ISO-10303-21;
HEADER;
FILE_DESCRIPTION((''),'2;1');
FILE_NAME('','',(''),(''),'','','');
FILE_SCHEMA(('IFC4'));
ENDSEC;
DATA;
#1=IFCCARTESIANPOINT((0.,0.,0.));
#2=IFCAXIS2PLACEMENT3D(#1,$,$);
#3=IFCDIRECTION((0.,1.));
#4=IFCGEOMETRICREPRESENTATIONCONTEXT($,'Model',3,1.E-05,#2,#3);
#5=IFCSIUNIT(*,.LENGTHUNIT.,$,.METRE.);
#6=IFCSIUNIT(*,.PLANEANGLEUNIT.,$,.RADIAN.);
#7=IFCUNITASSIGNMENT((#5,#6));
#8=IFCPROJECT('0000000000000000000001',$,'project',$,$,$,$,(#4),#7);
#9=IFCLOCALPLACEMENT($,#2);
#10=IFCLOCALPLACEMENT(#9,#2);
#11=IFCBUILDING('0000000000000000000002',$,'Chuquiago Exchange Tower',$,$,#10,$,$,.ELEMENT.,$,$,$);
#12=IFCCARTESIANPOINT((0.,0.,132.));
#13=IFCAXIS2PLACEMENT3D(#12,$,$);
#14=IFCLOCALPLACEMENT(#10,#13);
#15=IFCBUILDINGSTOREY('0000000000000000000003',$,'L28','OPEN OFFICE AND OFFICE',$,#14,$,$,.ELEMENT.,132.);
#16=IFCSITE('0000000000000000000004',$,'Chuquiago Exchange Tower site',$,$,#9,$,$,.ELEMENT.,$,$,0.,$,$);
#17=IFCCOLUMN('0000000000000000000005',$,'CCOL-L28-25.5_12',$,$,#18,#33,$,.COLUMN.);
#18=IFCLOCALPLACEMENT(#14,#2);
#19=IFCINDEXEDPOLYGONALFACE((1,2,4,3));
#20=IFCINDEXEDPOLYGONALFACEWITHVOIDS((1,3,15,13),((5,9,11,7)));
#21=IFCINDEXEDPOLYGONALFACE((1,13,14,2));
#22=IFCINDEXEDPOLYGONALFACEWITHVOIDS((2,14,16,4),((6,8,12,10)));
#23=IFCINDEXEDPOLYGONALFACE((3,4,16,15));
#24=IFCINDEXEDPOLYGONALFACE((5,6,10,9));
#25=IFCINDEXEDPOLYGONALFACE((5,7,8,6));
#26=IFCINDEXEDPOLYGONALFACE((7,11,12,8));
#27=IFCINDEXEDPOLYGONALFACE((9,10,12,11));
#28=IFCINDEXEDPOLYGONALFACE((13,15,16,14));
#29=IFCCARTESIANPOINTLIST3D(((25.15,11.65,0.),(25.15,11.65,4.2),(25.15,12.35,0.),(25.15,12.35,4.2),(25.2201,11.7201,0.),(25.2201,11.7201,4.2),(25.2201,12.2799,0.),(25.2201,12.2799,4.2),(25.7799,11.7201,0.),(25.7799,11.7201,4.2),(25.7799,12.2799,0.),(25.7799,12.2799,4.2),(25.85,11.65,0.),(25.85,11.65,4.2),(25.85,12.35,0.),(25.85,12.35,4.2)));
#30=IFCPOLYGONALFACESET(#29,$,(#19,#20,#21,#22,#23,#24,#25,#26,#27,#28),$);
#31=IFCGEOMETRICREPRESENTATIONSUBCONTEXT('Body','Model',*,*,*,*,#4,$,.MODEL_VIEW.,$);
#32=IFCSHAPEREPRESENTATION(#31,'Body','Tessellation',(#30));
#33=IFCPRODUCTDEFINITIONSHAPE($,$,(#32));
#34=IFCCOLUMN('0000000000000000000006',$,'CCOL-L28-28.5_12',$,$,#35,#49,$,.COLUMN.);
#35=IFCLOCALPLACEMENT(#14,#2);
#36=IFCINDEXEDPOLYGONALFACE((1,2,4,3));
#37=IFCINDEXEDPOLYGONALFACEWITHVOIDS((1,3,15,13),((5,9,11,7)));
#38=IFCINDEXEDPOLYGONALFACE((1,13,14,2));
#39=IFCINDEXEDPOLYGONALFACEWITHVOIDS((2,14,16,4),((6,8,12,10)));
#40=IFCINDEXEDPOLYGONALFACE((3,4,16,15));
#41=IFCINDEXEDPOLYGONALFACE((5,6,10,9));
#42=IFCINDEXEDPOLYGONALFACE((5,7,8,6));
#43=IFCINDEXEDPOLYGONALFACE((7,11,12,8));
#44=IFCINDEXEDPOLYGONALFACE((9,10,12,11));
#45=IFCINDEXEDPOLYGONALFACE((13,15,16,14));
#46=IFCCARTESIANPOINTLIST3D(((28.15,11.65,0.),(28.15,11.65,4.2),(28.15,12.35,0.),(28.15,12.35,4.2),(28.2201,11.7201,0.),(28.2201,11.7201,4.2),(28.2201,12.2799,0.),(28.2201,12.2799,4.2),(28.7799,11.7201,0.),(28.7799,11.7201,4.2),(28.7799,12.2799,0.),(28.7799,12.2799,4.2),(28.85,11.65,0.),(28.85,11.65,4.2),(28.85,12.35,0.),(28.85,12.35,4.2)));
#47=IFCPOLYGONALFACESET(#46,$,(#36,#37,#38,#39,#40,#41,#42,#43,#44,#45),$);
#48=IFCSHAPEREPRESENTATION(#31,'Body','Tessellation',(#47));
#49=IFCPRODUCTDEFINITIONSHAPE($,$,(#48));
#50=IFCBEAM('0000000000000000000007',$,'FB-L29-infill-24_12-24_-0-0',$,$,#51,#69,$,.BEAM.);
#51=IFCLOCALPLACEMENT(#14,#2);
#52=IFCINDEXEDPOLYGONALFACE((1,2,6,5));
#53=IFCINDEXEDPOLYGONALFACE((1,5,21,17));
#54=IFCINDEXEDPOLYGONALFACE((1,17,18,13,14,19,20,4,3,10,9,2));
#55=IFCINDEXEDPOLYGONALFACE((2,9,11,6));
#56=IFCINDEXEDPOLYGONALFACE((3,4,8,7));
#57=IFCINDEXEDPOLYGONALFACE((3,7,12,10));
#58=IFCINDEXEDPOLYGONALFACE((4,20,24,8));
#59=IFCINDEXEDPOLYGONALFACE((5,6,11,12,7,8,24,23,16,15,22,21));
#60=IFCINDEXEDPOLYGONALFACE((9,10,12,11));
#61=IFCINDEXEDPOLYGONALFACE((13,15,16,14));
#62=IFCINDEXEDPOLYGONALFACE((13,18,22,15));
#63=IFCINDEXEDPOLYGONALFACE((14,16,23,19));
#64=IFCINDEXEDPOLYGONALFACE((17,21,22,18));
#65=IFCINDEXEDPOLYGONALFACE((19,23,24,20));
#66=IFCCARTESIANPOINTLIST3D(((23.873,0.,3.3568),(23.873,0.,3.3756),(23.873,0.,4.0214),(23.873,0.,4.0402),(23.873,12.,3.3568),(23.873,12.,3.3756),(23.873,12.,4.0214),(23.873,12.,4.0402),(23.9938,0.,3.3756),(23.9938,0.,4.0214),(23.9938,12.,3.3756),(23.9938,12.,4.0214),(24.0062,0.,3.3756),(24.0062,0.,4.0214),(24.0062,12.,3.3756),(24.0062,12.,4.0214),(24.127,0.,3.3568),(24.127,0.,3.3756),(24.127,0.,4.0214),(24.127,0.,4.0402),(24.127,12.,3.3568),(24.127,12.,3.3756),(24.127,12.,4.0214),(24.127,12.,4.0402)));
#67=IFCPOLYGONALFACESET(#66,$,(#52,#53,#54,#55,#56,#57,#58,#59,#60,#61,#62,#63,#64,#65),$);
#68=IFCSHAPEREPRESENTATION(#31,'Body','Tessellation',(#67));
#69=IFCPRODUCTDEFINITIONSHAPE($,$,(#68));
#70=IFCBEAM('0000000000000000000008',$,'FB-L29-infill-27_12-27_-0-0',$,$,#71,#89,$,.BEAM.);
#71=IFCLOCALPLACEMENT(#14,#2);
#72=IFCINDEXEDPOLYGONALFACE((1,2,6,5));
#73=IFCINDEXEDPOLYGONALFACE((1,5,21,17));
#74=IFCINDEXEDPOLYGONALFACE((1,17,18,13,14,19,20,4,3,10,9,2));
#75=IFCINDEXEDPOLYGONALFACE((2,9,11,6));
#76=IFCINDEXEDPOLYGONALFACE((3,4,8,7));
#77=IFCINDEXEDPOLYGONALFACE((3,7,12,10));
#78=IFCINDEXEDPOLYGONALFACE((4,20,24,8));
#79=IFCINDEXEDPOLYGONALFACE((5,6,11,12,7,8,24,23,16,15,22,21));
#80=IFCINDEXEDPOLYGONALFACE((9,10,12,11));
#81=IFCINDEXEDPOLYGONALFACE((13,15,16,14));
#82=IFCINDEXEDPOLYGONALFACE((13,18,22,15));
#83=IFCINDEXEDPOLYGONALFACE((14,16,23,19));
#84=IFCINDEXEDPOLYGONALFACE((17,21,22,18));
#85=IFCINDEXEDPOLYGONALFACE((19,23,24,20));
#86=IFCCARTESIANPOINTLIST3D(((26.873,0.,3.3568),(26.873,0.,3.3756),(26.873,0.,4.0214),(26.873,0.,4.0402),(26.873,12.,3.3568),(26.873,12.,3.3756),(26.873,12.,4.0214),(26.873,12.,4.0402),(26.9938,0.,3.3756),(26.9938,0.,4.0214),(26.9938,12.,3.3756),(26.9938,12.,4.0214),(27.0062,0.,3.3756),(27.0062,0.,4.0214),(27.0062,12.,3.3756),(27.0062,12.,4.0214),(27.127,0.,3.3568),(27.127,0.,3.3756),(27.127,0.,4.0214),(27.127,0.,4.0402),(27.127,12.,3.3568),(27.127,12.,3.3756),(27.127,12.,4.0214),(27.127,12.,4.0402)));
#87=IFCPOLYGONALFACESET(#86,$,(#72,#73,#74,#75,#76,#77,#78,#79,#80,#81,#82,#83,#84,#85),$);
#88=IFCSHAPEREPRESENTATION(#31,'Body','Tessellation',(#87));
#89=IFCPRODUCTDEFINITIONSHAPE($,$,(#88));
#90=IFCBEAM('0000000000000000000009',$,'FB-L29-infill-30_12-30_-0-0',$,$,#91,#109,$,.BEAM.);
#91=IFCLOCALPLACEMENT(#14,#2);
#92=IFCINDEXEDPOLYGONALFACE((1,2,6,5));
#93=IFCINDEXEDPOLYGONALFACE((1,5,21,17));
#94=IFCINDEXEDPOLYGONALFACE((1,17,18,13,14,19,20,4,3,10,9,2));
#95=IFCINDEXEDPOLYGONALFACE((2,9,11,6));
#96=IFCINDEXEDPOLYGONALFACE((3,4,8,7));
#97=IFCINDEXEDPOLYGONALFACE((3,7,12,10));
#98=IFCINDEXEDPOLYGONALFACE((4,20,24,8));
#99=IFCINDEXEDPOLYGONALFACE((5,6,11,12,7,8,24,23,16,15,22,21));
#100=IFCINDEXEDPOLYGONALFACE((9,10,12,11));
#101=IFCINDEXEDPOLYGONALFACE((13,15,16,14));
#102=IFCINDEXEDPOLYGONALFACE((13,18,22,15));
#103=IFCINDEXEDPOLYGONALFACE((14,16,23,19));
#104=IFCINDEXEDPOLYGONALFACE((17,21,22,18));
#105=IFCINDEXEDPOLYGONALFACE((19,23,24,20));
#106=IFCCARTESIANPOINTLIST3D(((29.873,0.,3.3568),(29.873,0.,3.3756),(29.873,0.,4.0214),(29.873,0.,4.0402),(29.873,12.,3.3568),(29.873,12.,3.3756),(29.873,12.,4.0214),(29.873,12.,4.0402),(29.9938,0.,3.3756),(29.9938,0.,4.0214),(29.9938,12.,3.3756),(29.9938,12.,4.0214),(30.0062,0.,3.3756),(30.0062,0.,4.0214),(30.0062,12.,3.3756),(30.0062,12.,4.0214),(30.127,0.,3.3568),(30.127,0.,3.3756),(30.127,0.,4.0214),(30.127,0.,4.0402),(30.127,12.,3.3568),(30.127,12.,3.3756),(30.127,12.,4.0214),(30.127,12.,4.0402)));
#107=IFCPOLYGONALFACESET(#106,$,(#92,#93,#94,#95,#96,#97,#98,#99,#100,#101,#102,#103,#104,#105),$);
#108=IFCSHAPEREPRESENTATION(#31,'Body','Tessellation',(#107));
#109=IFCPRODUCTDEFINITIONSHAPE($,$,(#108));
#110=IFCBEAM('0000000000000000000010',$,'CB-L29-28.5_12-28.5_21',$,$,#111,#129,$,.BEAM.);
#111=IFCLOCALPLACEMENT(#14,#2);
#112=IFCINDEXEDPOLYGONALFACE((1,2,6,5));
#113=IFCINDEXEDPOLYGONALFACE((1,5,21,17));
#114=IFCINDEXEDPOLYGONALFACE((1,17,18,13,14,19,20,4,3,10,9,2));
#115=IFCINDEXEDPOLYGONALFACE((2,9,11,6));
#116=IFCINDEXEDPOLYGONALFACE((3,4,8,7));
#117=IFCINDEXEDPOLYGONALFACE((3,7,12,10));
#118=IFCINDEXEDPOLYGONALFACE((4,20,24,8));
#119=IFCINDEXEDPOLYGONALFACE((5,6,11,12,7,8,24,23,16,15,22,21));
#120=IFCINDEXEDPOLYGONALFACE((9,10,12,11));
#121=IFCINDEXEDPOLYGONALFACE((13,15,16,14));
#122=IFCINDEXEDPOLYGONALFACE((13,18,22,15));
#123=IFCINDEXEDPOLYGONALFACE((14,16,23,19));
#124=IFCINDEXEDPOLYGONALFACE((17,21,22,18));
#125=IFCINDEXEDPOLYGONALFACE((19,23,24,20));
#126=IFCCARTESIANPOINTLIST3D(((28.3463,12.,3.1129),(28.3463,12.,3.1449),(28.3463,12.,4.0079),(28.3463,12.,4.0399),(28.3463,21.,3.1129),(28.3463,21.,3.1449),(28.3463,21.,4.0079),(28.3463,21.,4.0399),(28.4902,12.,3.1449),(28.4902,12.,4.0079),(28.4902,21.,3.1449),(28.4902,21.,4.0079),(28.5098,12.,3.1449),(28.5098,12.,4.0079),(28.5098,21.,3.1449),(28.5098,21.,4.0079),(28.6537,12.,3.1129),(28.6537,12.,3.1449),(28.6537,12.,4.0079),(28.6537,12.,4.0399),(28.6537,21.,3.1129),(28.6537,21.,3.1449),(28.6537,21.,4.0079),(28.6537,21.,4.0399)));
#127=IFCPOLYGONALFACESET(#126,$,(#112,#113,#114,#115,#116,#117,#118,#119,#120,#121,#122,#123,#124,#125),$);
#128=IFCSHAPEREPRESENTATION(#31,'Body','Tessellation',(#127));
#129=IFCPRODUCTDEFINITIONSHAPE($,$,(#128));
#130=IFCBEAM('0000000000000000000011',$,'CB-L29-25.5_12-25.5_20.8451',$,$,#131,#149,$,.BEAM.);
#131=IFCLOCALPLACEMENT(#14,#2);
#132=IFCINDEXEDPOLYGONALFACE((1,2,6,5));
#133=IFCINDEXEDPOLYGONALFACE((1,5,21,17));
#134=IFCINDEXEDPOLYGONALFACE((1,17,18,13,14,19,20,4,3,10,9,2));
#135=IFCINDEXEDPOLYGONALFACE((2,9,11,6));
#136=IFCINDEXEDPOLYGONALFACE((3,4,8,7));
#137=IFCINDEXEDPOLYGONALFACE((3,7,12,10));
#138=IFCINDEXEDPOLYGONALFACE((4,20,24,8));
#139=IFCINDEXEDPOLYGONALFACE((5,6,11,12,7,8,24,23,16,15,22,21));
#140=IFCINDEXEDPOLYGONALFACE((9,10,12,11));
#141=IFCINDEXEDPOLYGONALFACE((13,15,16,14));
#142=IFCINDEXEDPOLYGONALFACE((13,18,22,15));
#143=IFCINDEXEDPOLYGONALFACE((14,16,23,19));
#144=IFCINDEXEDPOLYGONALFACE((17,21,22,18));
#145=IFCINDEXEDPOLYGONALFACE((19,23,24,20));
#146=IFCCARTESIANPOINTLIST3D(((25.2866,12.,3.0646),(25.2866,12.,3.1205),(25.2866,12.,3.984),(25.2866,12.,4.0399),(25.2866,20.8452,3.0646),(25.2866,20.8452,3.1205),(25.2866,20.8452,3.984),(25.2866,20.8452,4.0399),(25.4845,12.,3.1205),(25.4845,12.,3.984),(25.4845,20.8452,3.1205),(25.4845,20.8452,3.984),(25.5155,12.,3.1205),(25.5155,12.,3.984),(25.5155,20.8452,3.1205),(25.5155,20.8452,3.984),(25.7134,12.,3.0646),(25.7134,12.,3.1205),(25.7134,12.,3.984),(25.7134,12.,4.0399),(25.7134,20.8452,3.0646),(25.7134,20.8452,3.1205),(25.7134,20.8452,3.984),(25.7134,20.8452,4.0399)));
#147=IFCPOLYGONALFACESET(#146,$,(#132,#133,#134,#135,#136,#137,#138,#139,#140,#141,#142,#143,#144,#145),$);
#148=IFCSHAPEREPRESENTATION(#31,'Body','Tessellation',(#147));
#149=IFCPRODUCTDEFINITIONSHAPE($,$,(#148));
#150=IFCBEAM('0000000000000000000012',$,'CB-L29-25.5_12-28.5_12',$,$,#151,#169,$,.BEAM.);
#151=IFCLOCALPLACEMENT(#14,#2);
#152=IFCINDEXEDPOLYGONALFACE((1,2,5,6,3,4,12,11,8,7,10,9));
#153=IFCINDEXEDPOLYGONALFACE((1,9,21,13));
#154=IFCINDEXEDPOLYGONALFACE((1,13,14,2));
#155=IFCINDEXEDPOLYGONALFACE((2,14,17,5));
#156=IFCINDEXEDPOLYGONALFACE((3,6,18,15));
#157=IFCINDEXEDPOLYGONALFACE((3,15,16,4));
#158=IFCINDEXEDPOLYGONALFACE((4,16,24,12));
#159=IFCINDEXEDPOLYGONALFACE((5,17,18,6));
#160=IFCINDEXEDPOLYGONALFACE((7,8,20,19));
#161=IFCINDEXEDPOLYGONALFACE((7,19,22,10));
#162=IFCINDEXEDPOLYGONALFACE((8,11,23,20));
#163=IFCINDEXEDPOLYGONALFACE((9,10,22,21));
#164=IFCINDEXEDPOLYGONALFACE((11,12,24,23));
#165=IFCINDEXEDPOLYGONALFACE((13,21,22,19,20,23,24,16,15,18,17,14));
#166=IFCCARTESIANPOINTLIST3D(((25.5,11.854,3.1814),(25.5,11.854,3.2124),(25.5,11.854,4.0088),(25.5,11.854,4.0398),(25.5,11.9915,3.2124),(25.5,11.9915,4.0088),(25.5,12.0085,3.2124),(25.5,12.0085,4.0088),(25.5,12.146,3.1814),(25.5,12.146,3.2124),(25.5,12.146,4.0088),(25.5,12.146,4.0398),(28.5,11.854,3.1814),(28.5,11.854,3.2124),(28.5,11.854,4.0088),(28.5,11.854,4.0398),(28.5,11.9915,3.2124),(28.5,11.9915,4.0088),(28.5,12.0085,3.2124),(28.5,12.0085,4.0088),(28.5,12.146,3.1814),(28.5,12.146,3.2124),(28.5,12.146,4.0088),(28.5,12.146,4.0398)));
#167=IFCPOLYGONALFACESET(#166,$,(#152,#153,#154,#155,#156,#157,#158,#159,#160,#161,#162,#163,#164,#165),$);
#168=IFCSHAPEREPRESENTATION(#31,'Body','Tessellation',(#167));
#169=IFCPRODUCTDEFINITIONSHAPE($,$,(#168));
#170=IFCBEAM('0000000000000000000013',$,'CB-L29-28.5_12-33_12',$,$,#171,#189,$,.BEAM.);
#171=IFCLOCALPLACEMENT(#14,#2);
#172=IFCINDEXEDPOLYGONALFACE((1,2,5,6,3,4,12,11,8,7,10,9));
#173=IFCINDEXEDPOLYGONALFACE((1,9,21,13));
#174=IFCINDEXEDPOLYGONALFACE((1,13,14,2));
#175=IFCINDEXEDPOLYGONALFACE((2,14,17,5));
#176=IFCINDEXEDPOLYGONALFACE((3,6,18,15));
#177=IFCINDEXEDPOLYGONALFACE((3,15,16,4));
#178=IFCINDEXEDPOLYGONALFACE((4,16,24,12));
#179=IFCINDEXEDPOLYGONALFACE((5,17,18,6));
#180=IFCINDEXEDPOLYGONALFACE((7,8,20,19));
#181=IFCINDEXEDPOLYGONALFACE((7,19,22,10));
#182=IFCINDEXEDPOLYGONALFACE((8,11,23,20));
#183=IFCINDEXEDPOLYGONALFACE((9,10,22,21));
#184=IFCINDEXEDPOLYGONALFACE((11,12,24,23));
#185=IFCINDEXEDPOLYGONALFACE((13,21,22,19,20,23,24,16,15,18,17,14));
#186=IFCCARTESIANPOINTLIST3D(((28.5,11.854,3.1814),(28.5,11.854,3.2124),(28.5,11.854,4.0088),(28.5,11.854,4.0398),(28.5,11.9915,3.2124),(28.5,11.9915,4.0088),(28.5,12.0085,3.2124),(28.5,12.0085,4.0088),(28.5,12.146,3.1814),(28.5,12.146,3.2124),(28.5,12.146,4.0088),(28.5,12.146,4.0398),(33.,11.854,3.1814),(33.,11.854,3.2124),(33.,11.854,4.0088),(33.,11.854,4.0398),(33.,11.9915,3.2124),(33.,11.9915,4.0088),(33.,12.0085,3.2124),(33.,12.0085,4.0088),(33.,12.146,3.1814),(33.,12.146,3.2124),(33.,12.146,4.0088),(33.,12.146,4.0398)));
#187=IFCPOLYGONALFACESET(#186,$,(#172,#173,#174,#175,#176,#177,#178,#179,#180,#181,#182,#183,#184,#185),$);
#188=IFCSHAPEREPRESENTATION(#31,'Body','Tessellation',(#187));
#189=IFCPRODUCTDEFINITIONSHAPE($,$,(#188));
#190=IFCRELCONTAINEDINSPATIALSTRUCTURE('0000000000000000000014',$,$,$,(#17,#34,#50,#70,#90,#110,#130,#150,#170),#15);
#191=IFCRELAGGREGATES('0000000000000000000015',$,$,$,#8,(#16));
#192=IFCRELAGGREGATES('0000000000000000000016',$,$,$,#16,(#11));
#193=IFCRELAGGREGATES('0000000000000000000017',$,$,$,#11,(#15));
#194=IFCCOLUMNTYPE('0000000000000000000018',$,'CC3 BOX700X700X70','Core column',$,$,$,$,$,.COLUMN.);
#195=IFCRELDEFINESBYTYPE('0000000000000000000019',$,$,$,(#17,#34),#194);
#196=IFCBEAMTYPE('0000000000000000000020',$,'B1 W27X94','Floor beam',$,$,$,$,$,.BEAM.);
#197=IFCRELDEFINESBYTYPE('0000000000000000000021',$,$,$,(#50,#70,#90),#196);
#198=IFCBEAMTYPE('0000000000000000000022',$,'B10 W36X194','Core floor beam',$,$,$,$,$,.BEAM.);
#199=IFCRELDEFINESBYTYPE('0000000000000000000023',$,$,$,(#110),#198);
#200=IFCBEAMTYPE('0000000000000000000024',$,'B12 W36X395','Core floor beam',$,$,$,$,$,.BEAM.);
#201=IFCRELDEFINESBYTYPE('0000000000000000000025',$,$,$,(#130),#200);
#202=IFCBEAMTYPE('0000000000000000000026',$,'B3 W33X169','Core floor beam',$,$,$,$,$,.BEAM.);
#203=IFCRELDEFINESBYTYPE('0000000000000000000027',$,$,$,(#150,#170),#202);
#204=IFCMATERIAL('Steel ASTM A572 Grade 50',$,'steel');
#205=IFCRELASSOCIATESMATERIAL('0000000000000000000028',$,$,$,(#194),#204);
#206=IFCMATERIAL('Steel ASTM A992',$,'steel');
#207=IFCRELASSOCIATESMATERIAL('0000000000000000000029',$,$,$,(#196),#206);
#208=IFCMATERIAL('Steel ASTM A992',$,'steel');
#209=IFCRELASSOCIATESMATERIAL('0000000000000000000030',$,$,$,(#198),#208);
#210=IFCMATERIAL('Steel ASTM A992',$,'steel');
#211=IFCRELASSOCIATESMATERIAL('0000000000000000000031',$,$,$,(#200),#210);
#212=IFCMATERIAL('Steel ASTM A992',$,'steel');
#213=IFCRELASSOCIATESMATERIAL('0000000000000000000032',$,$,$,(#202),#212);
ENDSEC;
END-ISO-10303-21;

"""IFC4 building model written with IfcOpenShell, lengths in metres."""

from ifc_helpers import new_model, si_unit, direction, frame, origin, origin_2d, place, context, subcontext, project, spatial, hollow_rectangle, i_section, extrude, material, material_profile, profile_set, type_object, element, save


model = new_model("IFC4")

# Units and contexts
model_context = context("Model", 3, precision=1e-05, world=origin(), true_north=direction((0.0, 1.0)))
body_context = subcontext(model_context, "Body", "Model", "MODEL_VIEW")
ifc_project = project(units=[si_unit("LENGTHUNIT", "METRE"), si_unit("PLANEANGLEUNIT", "RADIAN")], contexts=[model_context])

# Site, building, storey
site_placement = place(None, origin())
site = spatial("IfcSite", under=ifc_project, at=site_placement, Name="Chuquiago Exchange Tower site", CompositionType="ELEMENT", RefElevation=0.0)
building_placement = place(site_placement, origin())
building = spatial("IfcBuilding", under=site, at=building_placement, Name="Chuquiago Exchange Tower", CompositionType="ELEMENT")
storey_placement = place(building_placement, frame((0.0, 0.0, 132.0)))
storey = spatial("IfcBuildingStorey", under=building, at=storey_placement, Name="L28", Description="OPEN OFFICE AND OFFICE", CompositionType="ELEMENT", Elevation=132.0)

# Columns
ifc_material_1 = material(Name="Steel ASTM A572 Grade 50", Category="steel")
ifc_material_profile_1 = material_profile(ifc_material_1, hollow_rectangle(XDim=0.7, YDim=0.7, WallThickness=0.0701, at=origin_2d()), Name="BOX700X700X70")
ifc_profile_set_1 = profile_set([ifc_material_profile_1], Name="Steel ASTM A572 Grade 50")
column_type = type_object("IfcColumnType", Name="CC3 BOX700X700X70", Description="Core column", PredefinedType="COLUMN", material=ifc_profile_set_1)
for number, where, z_axis, x_axis, name in (
    (1, (25.5, 12.0, 0.0), (0.0, 0.0, 1.0), (1.0, 0.0, 0.0), "CCOL-L28-25.5_12"),
    (2, (28.5, 12.0, 0.0), (0.0, 0.0, 1.0), (1.0, 0.0, 0.0), "CCOL-L28-28.5_12"),
):
    element("IfcColumn", number, at=place(storey_placement, frame(where, z_axis=z_axis, x_axis=x_axis)), inside=storey, type_object=column_type, Name=name, PredefinedType="COLUMN", context=body_context, shape_type="SweptSolid", body=[
        extrude(hollow_rectangle(XDim=0.7, YDim=0.7, WallThickness=0.0701, at=origin_2d()), origin(), (0.0, 0.0, 1.0), 4.2),
    ])

# Beams
ifc_material_2 = material(Name="Steel ASTM A992", Category="steel")
ifc_material_profile_2 = material_profile(ifc_material_2, i_section(OverallWidth=0.2539, OverallDepth=0.6833, WebThickness=0.0125, FlangeThickness=0.0188, at=origin_2d()), Name="W27X94")
ifc_profile_set_2 = profile_set([ifc_material_profile_2], Name="Steel ASTM A992")
beam_type_1 = type_object("IfcBeamType", Name="B1 W27X94", Description="Floor beam", PredefinedType="BEAM", material=ifc_profile_set_2)
for number, where, z_axis, x_axis, name in (
    (3, (24.0, 12.0, 3.6985), (0.0, -1.0, 0.0), (1.0, 0.0, 0.0), "FB-L29-infill-24_12-24_-0-0"),
    (4, (27.0, 12.0, 3.6985), (0.0, -1.0, 0.0), (1.0, 0.0, 0.0), "FB-L29-infill-27_12-27_-0-0"),
    (5, (30.0, 12.0, 3.6985), (0.0, -1.0, 0.0), (1.0, 0.0, 0.0), "FB-L29-infill-30_12-30_-0-0"),
):
    element("IfcBeam", number, at=place(storey_placement, frame(where, z_axis=z_axis, x_axis=x_axis)), inside=storey, type_object=beam_type_1, Name=name, PredefinedType="BEAM", context=body_context, shape_type="SweptSolid", body=[
        extrude(i_section(OverallWidth=0.2539, OverallDepth=0.6833, WebThickness=0.0125, FlangeThickness=0.0188, at=origin_2d()), origin(), (0.0, 0.0, 1.0), 12.0),
    ])
ifc_material_3 = material(Name="Steel ASTM A992", Category="steel")
ifc_material_profile_3 = material_profile(ifc_material_3, i_section(OverallWidth=0.3074, OverallDepth=0.927, WebThickness=0.0195, FlangeThickness=0.032, at=origin_2d()), Name="W36X194")
ifc_profile_set_3 = profile_set([ifc_material_profile_3], Name="Steel ASTM A992")
beam_type_2 = type_object("IfcBeamType", Name="B10 W36X194", Description="Core floor beam", PredefinedType="BEAM", material=ifc_profile_set_3)
beam_1_placement = place(storey_placement, frame((28.5, 12.0, 3.5764), z_axis=(0.0, 1.0, 0.0), x_axis=(-1.0, 0.0, 0.0)))
element("IfcBeam", 6, at=beam_1_placement, inside=storey, type_object=beam_type_2, Name="CB-L29-28.5_12-28.5_21", PredefinedType="BEAM", context=body_context, shape_type="SweptSolid", body=[
    extrude(i_section(OverallWidth=0.3074, OverallDepth=0.927, WebThickness=0.0195, FlangeThickness=0.032, at=origin_2d()), origin(), (0.0, 0.0, 1.0), 9.0),
])
ifc_material_4 = material(Name="Steel ASTM A992", Category="steel")
ifc_material_profile_4 = material_profile(ifc_material_4, i_section(OverallWidth=0.4268, OverallDepth=0.9753, WebThickness=0.031, FlangeThickness=0.0559, at=origin_2d()), Name="W36X395")
ifc_profile_set_4 = profile_set([ifc_material_profile_4], Name="Steel ASTM A992")
beam_type_3 = type_object("IfcBeamType", Name="B12 W36X395", Description="Core floor beam", PredefinedType="BEAM", material=ifc_profile_set_4)
beam_2_placement = place(storey_placement, frame((25.5, 12.0, 3.5522), z_axis=(0.0, 1.0, 0.0), x_axis=(-1.0, 0.0, 0.0)))
element("IfcBeam", 7, at=beam_2_placement, inside=storey, type_object=beam_type_3, Name="CB-L29-25.5_12-25.5_20.8451", PredefinedType="BEAM", context=body_context, shape_type="SweptSolid", body=[
    extrude(i_section(OverallWidth=0.4268, OverallDepth=0.9753, WebThickness=0.031, FlangeThickness=0.0559, at=origin_2d()), origin(), (0.0, 0.0, 1.0), 8.8452),
])
ifc_material_5 = material(Name="Steel ASTM A992", Category="steel")
ifc_material_profile_5 = material_profile(ifc_material_5, i_section(OverallWidth=0.292, OverallDepth=0.8584, WebThickness=0.0171, FlangeThickness=0.031, at=origin_2d()), Name="W33X169")
ifc_profile_set_5 = profile_set([ifc_material_profile_5], Name="Steel ASTM A992")
beam_type_4 = type_object("IfcBeamType", Name="B3 W33X169", Description="Core floor beam", PredefinedType="BEAM", material=ifc_profile_set_5)
beam_3_placement = place(storey_placement, frame((25.5, 12.0, 3.6106), z_axis=(1.0, 0.0, 0.0), x_axis=(0.0, 1.0, 0.0)))
element("IfcBeam", 8, at=beam_3_placement, inside=storey, type_object=beam_type_4, Name="CB-L29-25.5_12-28.5_12", PredefinedType="BEAM", context=body_context, shape_type="SweptSolid", body=[
    extrude(i_section(OverallWidth=0.292, OverallDepth=0.8584, WebThickness=0.0171, FlangeThickness=0.031, at=origin_2d()), origin(), (0.0, 0.0, 1.0), 3.0),
])
beam_4_placement = place(storey_placement, frame((28.5, 12.0, 3.6106), z_axis=(1.0, 0.0, 0.0), x_axis=(0.0, 1.0, 0.0)))
element("IfcBeam", 9, at=beam_4_placement, inside=storey, type_object=beam_type_4, Name="CB-L29-28.5_12-33_12", PredefinedType="BEAM", context=body_context, shape_type="SweptSolid", body=[
    extrude(i_section(OverallWidth=0.292, OverallDepth=0.8584, WebThickness=0.0171, FlangeThickness=0.031, at=origin_2d()), origin(), (0.0, 0.0, 1.0), 4.5),
])

save(model, "model.ifc")
